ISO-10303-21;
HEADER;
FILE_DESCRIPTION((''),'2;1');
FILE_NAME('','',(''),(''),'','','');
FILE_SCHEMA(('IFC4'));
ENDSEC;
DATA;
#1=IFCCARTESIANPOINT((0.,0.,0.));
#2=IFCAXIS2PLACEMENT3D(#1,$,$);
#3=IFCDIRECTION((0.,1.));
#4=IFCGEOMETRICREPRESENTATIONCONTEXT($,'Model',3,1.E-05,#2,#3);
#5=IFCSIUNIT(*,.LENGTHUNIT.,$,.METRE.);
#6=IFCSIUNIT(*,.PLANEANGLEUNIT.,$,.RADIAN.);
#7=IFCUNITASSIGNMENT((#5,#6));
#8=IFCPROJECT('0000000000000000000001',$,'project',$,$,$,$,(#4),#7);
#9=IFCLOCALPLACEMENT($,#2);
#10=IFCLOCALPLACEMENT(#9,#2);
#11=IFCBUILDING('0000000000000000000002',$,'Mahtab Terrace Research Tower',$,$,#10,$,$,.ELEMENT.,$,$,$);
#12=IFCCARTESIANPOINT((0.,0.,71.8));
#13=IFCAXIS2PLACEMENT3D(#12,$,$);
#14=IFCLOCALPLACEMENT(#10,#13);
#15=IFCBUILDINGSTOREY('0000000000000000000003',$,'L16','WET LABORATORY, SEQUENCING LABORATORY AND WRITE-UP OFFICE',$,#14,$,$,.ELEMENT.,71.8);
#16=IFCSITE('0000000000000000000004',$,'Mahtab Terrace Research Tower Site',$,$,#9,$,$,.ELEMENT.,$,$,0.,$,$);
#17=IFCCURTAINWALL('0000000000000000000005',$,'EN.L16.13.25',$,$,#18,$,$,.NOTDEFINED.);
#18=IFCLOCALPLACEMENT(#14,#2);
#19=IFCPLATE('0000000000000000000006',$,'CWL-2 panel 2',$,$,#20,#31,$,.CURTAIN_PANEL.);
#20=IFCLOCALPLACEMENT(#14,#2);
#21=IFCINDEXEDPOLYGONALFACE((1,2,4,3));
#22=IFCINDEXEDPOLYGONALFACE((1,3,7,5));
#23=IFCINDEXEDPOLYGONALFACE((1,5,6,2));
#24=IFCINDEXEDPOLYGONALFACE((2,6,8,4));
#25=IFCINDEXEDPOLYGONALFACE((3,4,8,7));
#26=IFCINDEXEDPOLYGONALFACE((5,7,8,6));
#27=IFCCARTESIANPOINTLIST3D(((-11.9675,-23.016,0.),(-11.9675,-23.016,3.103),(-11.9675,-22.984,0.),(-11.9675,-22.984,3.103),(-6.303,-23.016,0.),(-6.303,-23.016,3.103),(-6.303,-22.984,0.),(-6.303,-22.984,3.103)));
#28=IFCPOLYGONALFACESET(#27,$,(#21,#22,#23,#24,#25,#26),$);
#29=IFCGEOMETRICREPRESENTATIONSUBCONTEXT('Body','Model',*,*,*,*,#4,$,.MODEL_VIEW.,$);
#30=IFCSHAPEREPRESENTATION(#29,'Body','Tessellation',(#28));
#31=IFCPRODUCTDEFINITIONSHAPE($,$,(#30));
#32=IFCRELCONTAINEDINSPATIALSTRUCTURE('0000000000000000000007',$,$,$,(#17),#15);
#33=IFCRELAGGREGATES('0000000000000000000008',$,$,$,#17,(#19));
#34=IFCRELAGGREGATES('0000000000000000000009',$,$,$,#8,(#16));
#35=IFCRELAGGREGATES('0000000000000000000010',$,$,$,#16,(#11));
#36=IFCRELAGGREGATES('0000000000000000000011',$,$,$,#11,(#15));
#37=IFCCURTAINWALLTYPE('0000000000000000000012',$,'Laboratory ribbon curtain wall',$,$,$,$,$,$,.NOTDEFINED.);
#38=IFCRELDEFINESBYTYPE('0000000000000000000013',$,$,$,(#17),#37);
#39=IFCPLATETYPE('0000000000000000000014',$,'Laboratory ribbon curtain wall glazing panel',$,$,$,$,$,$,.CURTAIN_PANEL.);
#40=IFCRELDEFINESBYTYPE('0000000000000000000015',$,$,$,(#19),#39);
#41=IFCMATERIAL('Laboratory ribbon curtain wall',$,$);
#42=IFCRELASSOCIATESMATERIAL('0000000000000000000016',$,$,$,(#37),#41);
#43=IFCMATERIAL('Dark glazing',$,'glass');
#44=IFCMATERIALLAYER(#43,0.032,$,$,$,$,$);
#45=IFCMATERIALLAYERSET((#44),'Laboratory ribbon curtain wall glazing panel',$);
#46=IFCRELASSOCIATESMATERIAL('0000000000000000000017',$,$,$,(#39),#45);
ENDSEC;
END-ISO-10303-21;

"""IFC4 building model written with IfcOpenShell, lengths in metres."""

from ifc_helpers import new_model, si_unit, direction, frame, origin, origin_2d, place, context, subcontext, project, spatial, rectangle, extrude, material, layer, layer_set, type_object, element, aggregate, save


model = new_model("IFC4")

# Units and contexts
model_context = context("Model", 3, precision=1e-05, world=origin(), true_north=direction((0.0, 1.0)))
body_context = subcontext(model_context, "Body", "Model", "MODEL_VIEW")
ifc_project = project(units=[si_unit("LENGTHUNIT", "METRE"), si_unit("PLANEANGLEUNIT", "RADIAN")], contexts=[model_context])

# Site, building, storey
site_placement = place(None, origin())
site = spatial("IfcSite", under=ifc_project, at=site_placement, Name="Mahtab Terrace Research Tower Site", CompositionType="ELEMENT", RefElevation=0.0)
building_placement = place(site_placement, origin())
building = spatial("IfcBuilding", under=site, at=building_placement, Name="Mahtab Terrace Research Tower", CompositionType="ELEMENT")
storey_placement = place(building_placement, frame((0.0, 0.0, 71.8)))
storey = spatial("IfcBuildingStorey", under=building, at=storey_placement, Name="L16", Description="WET LABORATORY, SEQUENCING LABORATORY AND WRITE-UP OFFICE", CompositionType="ELEMENT", Elevation=71.8)

# Curtain wall
ifc_material_1 = material(Name="Laboratory ribbon curtain wall")
curtain_wall_type = type_object("IfcCurtainWallType", Name="Laboratory ribbon curtain wall", PredefinedType="NOTDEFINED", material=ifc_material_1)
curtain_wall_1_placement = place(storey_placement, origin())
curtain_wall_1 = element("IfcCurtainWall", 1, at=curtain_wall_1_placement, inside=storey, type_object=curtain_wall_type, Name="EN.L16.13.25", PredefinedType="NOTDEFINED")

# Plate
ifc_material_2 = material(Name="Dark glazing", Category="glass")
ifc_layer = layer(ifc_material_2, 0.032)
ifc_layer_set = layer_set([ifc_layer], Name="Laboratory ribbon curtain wall glazing panel")
plate_type = type_object("IfcPlateType", Name="Laboratory ribbon curtain wall glazing panel", PredefinedType="CURTAIN_PANEL", material=ifc_layer_set)
plate_1_placement = place(storey_placement, frame((-9.1353, -23.0, 0.0), z_axis=(0.0, 0.0, 1.0), x_axis=(1.0, 0.0, 0.0)))
plate_1 = element("IfcPlate", 2, at=plate_1_placement, type_object=plate_type, Name="CWL-2 panel 2", PredefinedType="CURTAIN_PANEL", context=body_context, shape_type="SweptSolid", body=[
    extrude(rectangle(XDim=5.6646, YDim=0.032, at=origin_2d()), origin(), (0.0, 0.0, 1.0), 3.103),
])
aggregate(curtain_wall_1, [plate_1])

save(model, "model.ifc")
